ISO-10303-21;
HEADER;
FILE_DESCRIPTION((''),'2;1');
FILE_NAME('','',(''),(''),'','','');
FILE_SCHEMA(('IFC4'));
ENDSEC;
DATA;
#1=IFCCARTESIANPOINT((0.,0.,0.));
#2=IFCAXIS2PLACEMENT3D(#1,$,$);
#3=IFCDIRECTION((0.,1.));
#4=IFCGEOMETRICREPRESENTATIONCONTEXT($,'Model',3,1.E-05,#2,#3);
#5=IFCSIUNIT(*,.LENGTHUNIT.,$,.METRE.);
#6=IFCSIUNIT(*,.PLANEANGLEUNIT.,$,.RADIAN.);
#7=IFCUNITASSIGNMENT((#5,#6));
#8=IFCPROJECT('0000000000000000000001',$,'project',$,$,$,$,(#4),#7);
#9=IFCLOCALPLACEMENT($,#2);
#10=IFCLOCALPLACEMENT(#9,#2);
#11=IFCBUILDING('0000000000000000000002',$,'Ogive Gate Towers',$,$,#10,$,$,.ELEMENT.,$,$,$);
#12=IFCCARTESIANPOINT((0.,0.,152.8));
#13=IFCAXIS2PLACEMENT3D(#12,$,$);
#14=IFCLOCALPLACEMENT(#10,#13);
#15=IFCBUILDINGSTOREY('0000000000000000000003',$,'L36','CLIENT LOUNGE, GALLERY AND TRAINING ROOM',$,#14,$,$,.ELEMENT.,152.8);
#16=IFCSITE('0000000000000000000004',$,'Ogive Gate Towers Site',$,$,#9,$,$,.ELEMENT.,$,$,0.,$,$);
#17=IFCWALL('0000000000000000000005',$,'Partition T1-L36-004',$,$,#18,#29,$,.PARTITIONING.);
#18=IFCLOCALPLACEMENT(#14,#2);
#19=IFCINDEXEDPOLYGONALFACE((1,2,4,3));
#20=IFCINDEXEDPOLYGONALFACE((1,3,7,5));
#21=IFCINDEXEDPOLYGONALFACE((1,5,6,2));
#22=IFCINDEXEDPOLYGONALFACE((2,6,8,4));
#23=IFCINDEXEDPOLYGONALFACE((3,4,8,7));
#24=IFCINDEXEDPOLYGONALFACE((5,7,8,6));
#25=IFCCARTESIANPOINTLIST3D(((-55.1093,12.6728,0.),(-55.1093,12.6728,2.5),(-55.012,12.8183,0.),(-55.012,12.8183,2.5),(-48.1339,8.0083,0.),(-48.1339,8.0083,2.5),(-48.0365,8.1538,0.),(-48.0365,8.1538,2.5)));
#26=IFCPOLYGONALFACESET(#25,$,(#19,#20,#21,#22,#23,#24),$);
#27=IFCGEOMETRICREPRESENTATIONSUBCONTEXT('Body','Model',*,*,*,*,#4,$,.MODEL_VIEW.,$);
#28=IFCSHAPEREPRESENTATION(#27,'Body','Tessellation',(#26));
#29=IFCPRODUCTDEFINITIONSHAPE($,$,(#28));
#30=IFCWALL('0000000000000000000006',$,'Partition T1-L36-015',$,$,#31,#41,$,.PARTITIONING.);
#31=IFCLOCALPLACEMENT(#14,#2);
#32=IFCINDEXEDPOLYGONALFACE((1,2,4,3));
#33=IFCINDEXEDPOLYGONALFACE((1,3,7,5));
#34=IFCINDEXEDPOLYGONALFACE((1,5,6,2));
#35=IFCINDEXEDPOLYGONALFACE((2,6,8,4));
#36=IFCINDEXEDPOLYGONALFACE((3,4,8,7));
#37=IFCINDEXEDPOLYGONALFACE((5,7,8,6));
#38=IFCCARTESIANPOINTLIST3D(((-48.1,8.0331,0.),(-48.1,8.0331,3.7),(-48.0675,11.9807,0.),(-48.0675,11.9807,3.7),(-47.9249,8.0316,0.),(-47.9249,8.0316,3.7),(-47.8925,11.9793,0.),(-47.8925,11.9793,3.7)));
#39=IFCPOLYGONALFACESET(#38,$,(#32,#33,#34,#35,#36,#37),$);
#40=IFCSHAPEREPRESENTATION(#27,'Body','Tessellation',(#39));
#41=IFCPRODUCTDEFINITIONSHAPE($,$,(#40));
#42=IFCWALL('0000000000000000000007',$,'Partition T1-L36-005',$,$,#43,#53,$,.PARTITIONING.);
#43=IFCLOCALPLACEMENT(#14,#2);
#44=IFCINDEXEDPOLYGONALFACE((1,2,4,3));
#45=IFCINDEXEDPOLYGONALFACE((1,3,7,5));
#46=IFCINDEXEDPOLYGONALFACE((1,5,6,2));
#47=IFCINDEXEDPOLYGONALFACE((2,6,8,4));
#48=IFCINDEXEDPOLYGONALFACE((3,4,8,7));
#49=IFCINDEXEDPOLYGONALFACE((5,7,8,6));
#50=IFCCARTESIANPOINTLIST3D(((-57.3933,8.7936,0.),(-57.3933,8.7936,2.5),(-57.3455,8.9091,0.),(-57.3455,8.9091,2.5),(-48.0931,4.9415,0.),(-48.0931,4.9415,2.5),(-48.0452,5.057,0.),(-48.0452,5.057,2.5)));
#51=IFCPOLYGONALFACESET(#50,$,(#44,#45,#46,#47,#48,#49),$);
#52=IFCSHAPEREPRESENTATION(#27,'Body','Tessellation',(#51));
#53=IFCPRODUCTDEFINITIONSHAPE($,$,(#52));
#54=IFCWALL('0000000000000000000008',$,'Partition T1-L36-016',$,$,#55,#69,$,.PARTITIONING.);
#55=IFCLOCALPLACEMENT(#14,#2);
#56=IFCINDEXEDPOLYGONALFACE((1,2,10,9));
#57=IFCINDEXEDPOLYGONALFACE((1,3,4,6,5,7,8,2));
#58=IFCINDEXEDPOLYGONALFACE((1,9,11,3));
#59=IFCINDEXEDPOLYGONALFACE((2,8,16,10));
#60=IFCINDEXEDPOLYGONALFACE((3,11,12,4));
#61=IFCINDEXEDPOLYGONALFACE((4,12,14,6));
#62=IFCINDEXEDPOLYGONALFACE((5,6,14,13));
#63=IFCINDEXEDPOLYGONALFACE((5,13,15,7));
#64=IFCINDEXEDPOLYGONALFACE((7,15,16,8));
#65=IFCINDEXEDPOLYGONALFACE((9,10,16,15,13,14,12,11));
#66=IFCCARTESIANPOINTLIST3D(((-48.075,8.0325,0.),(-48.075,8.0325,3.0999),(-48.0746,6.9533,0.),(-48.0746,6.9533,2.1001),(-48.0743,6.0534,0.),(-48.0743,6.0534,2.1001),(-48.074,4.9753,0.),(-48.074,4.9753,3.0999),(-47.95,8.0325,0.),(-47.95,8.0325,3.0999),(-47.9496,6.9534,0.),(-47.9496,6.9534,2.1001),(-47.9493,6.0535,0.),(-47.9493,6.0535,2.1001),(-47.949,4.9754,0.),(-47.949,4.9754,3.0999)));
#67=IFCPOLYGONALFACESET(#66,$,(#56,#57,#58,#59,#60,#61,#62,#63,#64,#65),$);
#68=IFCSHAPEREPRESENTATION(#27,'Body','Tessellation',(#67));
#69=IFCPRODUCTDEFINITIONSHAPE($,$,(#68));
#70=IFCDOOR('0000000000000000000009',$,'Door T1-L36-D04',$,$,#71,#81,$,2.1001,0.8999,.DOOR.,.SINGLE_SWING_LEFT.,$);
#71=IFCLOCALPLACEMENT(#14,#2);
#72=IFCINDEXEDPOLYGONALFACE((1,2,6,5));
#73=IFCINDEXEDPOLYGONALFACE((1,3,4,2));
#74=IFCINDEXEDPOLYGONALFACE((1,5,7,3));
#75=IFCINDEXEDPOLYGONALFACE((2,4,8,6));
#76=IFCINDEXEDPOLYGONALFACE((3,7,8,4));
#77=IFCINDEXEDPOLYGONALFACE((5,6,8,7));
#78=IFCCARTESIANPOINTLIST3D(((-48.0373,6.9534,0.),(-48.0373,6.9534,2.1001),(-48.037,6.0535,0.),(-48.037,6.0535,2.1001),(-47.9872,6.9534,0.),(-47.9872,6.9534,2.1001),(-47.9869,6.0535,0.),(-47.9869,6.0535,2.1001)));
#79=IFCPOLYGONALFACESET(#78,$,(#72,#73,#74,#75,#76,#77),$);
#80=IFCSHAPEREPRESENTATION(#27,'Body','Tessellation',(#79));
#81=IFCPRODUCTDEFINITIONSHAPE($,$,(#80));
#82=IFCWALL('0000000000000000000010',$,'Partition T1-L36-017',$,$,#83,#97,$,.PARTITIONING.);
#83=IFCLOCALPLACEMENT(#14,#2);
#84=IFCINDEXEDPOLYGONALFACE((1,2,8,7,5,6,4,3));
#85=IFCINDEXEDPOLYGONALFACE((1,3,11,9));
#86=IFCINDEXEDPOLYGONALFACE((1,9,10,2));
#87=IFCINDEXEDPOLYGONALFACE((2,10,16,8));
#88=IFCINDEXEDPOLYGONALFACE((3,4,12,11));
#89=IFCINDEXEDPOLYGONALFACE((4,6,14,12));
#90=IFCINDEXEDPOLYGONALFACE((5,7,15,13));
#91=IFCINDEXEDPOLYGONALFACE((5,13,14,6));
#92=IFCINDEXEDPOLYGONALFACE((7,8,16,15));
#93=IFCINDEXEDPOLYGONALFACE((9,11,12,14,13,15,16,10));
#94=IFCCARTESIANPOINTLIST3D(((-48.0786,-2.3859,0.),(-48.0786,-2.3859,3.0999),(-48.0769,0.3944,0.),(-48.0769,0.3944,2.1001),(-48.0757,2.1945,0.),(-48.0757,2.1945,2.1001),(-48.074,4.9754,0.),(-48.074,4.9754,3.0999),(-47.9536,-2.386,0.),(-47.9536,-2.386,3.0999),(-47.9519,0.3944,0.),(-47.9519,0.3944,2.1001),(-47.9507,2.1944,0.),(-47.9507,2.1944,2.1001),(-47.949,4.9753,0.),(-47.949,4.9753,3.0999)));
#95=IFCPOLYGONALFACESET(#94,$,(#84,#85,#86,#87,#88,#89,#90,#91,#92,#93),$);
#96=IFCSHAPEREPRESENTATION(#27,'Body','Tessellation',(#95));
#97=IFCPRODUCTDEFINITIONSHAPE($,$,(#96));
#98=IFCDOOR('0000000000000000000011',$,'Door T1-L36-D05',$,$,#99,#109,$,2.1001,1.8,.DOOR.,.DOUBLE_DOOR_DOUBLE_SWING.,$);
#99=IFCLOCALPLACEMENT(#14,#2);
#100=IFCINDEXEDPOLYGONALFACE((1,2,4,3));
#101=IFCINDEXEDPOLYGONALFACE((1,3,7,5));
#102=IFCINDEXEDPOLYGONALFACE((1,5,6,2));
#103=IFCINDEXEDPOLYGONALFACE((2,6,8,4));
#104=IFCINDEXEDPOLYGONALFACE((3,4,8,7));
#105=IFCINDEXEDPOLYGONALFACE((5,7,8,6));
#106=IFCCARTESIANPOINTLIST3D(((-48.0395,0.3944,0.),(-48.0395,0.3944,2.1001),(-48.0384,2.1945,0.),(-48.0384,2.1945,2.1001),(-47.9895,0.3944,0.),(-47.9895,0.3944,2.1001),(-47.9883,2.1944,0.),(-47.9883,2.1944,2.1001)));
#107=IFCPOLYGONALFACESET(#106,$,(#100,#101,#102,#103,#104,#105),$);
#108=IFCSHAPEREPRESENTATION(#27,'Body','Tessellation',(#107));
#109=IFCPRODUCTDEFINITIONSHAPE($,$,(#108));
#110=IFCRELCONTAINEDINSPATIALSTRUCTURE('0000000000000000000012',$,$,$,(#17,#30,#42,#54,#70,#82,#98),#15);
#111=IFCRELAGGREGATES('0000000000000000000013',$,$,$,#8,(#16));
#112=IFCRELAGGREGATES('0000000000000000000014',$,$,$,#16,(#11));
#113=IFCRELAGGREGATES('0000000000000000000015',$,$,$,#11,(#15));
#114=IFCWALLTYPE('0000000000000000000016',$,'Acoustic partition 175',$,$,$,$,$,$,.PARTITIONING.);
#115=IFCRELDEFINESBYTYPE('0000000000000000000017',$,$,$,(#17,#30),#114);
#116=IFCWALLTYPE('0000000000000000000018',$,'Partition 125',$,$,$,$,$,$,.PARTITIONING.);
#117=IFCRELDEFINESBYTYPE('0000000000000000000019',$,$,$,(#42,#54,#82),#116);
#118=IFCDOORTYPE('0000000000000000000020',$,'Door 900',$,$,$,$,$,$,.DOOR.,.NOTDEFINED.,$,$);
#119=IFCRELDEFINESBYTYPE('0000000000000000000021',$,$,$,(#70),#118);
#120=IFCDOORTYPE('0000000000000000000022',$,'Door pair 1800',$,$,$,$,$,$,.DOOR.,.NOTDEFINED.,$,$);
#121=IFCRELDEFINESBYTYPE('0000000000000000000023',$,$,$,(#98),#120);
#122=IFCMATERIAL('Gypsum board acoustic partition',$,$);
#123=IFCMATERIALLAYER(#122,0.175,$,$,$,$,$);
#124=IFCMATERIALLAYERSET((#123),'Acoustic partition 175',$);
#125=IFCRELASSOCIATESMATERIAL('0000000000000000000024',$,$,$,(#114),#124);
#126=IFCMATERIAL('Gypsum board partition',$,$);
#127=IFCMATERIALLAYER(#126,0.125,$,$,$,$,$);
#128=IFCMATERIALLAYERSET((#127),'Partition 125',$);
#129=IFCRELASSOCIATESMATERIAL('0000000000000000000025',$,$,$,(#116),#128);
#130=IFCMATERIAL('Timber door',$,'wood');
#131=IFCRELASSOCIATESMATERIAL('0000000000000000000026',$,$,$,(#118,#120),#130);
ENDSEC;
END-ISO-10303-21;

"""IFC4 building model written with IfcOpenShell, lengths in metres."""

from ifc_helpers import new_model, si_unit, direction, frame, frame_2d, origin, place, context, subcontext, project, spatial, rectangle, extrude, material, layer, layer_set, type_object, element, fill, save


model = new_model("IFC4")

# Units and contexts
model_context = context("Model", 3, precision=1e-05, world=origin(), true_north=direction((0.0, 1.0)))
body_context = subcontext(model_context, "Body", "Model", "MODEL_VIEW")
ifc_project = project(units=[si_unit("LENGTHUNIT", "METRE"), si_unit("PLANEANGLEUNIT", "RADIAN")], contexts=[model_context])

# Site, building, storey
site_placement = place(None, origin())
site = spatial("IfcSite", under=ifc_project, at=site_placement, Name="Ogive Gate Towers Site", CompositionType="ELEMENT", RefElevation=0.0)
building_placement = place(site_placement, origin())
building = spatial("IfcBuilding", under=site, at=building_placement, Name="Ogive Gate Towers", CompositionType="ELEMENT")
storey_placement = place(building_placement, frame((0.0, 0.0, 152.8)))
storey = spatial("IfcBuildingStorey", under=building, at=storey_placement, Name="L36", Description="CLIENT LOUNGE, GALLERY AND TRAINING ROOM", CompositionType="ELEMENT", Elevation=152.8)

# Walls
ifc_material_1 = material(Name="Gypsum board acoustic partition")
ifc_layer_1 = layer(ifc_material_1, 0.175)
ifc_layer_set_1 = layer_set([ifc_layer_1], Name="Acoustic partition 175")
wall_type_1 = type_object("IfcWallType", Name="Acoustic partition 175", PredefinedType="PARTITIONING", material=ifc_layer_set_1)
wall_1_placement = place(storey_placement, frame((-55.0608, 12.7456, 0.0), z_axis=(0.0, 0.0, 1.0), x_axis=(0.831271, -0.555868, 0.0)))
element("IfcWall", 1, at=wall_1_placement, inside=storey, type_object=wall_type_1, Name="Partition T1-L36-004", PredefinedType="PARTITIONING", context=body_context, shape_type="SweptSolid", body=[
    extrude(rectangle(XDim=8.3914, YDim=0.175, at=frame_2d((4.1958, 0.0))), origin(), (0.0, 0.0, 1.0), 2.5),
])
wall_2_placement = place(storey_placement, frame((-47.98, 11.98, 0.0), z_axis=(0.0, 0.0, 1.0), x_axis=(-0.008225, -0.999966, 0.0)))
element("IfcWall", 2, at=wall_2_placement, inside=storey, type_object=wall_type_1, Name="Partition T1-L36-015", PredefinedType="PARTITIONING", context=body_context, shape_type="SweptSolid", body=[
    extrude(rectangle(XDim=3.9478, YDim=0.175, at=frame_2d((1.9739, 0.0))), origin(), (0.0, 0.0, 1.0), 3.7),
])
ifc_material_2 = material(Name="Gypsum board partition")
ifc_layer_2 = layer(ifc_material_2, 0.125)
ifc_layer_set_2 = layer_set([ifc_layer_2], Name="Partition 125")
wall_type_2 = type_object("IfcWallType", Name="Partition 125", PredefinedType="PARTITIONING", material=ifc_layer_set_2)
wall_3_placement = place(storey_placement, frame((-57.3694, 8.8513, 0.0), z_axis=(0.0, 0.0, 1.0), x_axis=(0.923889, -0.382662, 0.0)))
element("IfcWall", 3, at=wall_3_placement, inside=storey, type_object=wall_type_2, Name="Partition T1-L36-005", PredefinedType="PARTITIONING", context=body_context, shape_type="SweptSolid", body=[
    extrude(rectangle(XDim=10.0664, YDim=0.125, at=frame_2d((5.0332, 0.0))), origin(), (0.0, 0.0, 1.0), 2.5),
])

# Walls, openings, doors
wall_4_placement = place(storey_placement, frame((-48.0125, 8.0325, 0.0), z_axis=(0.0, 0.0, 1.0), x_axis=(0.000319, -1.0, 0.0)))
wall_4 = element("IfcWall", 4, at=wall_4_placement, inside=storey, type_object=wall_type_2, Name="Partition T1-L36-016", PredefinedType="PARTITIONING", context=body_context, shape_type="SweptSolid", body=[
    extrude(rectangle(XDim=3.0571, YDim=0.125, at=frame_2d((1.5286, 0.0))), origin(), (0.0, 0.0, 1.0), 3.0999),
])
opening_1_placement = place(wall_4_placement, frame((1.0791, 0.0, 0.0)))
opening_1 = element("IfcOpeningElement", 5, at=opening_1_placement, cuts=wall_4, PredefinedType="OPENING", context=body_context, shape_type="SweptSolid", body=[
    extrude(rectangle(XDim=0.8999, YDim=2.1001, at=frame_2d((0.45, 1.05))), frame((0.0, 0.0725, 0.0), z_axis=(0.0, -1.0, 0.0), x_axis=(1.0, 0.0, 0.0)), (0.0, 0.0, 1.0), 0.145),
])
ifc_material_3 = material(Name="Timber door", Category="wood")
door_type_1 = type_object("IfcDoorType", Name="Door 900", OperationType="NOTDEFINED", PredefinedType="DOOR", material=ifc_material_3)
door_1_placement = place(opening_1_placement, origin())
door_1 = element("IfcDoor", 6, at=door_1_placement, inside=storey, type_object=door_type_1, Name="Door T1-L36-D04", OperationType="SINGLE_SWING_LEFT", OverallHeight=2.1001, OverallWidth=0.8999, PredefinedType="DOOR", context=body_context, shape_type="SweptSolid", body=[
    extrude(rectangle(XDim=0.8999, YDim=2.1001, at=frame_2d((0.45, 1.05))), frame((0.0, 0.0249, 0.0), z_axis=(0.0, -1.0, 0.0), x_axis=(1.0, 0.0, 0.0)), (0.0, 0.0, 1.0), 0.05),
])
fill(opening_1, door_1)
wall_5_placement = place(storey_placement, frame((-48.0115, 4.9753, 0.0), z_axis=(0.0, 0.0, 1.0), x_axis=(-0.00063, -1.0, 0.0)))
wall_5 = element("IfcWall", 7, at=wall_5_placement, inside=storey, type_object=wall_type_2, Name="Partition T1-L36-017", PredefinedType="PARTITIONING", context=body_context, shape_type="SweptSolid", body=[
    extrude(rectangle(XDim=7.3613, YDim=0.125, at=frame_2d((3.6807, 0.0))), origin(), (0.0, 0.0, 1.0), 3.0999),
])
opening_2_placement = place(wall_5_placement, frame((2.781, 0.0, 0.0)))
opening_2 = element("IfcOpeningElement", 8, at=opening_2_placement, cuts=wall_5, PredefinedType="OPENING", context=body_context, shape_type="SweptSolid", body=[
    extrude(rectangle(XDim=1.8, YDim=2.1001, at=frame_2d((0.8999, 1.05))), frame((0.0, 0.0725, 0.0), z_axis=(0.0, -1.0, 0.0), x_axis=(1.0, 0.0, 0.0)), (0.0, 0.0, 1.0), 0.145),
])
door_type_2 = type_object("IfcDoorType", Name="Door pair 1800", OperationType="NOTDEFINED", PredefinedType="DOOR", material=ifc_material_3)
door_2_placement = place(opening_2_placement, origin())
door_2 = element("IfcDoor", 9, at=door_2_placement, inside=storey, type_object=door_type_2, Name="Door T1-L36-D05", OperationType="DOUBLE_DOOR_DOUBLE_SWING", OverallHeight=2.1001, OverallWidth=1.8, PredefinedType="DOOR", context=body_context, shape_type="SweptSolid", body=[
    extrude(rectangle(XDim=1.8, YDim=2.1001, at=frame_2d((0.8999, 1.05))), frame((0.0, 0.0249, 0.0), z_axis=(0.0, -1.0, 0.0), x_axis=(1.0, 0.0, 0.0)), (0.0, 0.0, 1.0), 0.05),
])
fill(opening_2, door_2)

save(model, "model.ifc")
